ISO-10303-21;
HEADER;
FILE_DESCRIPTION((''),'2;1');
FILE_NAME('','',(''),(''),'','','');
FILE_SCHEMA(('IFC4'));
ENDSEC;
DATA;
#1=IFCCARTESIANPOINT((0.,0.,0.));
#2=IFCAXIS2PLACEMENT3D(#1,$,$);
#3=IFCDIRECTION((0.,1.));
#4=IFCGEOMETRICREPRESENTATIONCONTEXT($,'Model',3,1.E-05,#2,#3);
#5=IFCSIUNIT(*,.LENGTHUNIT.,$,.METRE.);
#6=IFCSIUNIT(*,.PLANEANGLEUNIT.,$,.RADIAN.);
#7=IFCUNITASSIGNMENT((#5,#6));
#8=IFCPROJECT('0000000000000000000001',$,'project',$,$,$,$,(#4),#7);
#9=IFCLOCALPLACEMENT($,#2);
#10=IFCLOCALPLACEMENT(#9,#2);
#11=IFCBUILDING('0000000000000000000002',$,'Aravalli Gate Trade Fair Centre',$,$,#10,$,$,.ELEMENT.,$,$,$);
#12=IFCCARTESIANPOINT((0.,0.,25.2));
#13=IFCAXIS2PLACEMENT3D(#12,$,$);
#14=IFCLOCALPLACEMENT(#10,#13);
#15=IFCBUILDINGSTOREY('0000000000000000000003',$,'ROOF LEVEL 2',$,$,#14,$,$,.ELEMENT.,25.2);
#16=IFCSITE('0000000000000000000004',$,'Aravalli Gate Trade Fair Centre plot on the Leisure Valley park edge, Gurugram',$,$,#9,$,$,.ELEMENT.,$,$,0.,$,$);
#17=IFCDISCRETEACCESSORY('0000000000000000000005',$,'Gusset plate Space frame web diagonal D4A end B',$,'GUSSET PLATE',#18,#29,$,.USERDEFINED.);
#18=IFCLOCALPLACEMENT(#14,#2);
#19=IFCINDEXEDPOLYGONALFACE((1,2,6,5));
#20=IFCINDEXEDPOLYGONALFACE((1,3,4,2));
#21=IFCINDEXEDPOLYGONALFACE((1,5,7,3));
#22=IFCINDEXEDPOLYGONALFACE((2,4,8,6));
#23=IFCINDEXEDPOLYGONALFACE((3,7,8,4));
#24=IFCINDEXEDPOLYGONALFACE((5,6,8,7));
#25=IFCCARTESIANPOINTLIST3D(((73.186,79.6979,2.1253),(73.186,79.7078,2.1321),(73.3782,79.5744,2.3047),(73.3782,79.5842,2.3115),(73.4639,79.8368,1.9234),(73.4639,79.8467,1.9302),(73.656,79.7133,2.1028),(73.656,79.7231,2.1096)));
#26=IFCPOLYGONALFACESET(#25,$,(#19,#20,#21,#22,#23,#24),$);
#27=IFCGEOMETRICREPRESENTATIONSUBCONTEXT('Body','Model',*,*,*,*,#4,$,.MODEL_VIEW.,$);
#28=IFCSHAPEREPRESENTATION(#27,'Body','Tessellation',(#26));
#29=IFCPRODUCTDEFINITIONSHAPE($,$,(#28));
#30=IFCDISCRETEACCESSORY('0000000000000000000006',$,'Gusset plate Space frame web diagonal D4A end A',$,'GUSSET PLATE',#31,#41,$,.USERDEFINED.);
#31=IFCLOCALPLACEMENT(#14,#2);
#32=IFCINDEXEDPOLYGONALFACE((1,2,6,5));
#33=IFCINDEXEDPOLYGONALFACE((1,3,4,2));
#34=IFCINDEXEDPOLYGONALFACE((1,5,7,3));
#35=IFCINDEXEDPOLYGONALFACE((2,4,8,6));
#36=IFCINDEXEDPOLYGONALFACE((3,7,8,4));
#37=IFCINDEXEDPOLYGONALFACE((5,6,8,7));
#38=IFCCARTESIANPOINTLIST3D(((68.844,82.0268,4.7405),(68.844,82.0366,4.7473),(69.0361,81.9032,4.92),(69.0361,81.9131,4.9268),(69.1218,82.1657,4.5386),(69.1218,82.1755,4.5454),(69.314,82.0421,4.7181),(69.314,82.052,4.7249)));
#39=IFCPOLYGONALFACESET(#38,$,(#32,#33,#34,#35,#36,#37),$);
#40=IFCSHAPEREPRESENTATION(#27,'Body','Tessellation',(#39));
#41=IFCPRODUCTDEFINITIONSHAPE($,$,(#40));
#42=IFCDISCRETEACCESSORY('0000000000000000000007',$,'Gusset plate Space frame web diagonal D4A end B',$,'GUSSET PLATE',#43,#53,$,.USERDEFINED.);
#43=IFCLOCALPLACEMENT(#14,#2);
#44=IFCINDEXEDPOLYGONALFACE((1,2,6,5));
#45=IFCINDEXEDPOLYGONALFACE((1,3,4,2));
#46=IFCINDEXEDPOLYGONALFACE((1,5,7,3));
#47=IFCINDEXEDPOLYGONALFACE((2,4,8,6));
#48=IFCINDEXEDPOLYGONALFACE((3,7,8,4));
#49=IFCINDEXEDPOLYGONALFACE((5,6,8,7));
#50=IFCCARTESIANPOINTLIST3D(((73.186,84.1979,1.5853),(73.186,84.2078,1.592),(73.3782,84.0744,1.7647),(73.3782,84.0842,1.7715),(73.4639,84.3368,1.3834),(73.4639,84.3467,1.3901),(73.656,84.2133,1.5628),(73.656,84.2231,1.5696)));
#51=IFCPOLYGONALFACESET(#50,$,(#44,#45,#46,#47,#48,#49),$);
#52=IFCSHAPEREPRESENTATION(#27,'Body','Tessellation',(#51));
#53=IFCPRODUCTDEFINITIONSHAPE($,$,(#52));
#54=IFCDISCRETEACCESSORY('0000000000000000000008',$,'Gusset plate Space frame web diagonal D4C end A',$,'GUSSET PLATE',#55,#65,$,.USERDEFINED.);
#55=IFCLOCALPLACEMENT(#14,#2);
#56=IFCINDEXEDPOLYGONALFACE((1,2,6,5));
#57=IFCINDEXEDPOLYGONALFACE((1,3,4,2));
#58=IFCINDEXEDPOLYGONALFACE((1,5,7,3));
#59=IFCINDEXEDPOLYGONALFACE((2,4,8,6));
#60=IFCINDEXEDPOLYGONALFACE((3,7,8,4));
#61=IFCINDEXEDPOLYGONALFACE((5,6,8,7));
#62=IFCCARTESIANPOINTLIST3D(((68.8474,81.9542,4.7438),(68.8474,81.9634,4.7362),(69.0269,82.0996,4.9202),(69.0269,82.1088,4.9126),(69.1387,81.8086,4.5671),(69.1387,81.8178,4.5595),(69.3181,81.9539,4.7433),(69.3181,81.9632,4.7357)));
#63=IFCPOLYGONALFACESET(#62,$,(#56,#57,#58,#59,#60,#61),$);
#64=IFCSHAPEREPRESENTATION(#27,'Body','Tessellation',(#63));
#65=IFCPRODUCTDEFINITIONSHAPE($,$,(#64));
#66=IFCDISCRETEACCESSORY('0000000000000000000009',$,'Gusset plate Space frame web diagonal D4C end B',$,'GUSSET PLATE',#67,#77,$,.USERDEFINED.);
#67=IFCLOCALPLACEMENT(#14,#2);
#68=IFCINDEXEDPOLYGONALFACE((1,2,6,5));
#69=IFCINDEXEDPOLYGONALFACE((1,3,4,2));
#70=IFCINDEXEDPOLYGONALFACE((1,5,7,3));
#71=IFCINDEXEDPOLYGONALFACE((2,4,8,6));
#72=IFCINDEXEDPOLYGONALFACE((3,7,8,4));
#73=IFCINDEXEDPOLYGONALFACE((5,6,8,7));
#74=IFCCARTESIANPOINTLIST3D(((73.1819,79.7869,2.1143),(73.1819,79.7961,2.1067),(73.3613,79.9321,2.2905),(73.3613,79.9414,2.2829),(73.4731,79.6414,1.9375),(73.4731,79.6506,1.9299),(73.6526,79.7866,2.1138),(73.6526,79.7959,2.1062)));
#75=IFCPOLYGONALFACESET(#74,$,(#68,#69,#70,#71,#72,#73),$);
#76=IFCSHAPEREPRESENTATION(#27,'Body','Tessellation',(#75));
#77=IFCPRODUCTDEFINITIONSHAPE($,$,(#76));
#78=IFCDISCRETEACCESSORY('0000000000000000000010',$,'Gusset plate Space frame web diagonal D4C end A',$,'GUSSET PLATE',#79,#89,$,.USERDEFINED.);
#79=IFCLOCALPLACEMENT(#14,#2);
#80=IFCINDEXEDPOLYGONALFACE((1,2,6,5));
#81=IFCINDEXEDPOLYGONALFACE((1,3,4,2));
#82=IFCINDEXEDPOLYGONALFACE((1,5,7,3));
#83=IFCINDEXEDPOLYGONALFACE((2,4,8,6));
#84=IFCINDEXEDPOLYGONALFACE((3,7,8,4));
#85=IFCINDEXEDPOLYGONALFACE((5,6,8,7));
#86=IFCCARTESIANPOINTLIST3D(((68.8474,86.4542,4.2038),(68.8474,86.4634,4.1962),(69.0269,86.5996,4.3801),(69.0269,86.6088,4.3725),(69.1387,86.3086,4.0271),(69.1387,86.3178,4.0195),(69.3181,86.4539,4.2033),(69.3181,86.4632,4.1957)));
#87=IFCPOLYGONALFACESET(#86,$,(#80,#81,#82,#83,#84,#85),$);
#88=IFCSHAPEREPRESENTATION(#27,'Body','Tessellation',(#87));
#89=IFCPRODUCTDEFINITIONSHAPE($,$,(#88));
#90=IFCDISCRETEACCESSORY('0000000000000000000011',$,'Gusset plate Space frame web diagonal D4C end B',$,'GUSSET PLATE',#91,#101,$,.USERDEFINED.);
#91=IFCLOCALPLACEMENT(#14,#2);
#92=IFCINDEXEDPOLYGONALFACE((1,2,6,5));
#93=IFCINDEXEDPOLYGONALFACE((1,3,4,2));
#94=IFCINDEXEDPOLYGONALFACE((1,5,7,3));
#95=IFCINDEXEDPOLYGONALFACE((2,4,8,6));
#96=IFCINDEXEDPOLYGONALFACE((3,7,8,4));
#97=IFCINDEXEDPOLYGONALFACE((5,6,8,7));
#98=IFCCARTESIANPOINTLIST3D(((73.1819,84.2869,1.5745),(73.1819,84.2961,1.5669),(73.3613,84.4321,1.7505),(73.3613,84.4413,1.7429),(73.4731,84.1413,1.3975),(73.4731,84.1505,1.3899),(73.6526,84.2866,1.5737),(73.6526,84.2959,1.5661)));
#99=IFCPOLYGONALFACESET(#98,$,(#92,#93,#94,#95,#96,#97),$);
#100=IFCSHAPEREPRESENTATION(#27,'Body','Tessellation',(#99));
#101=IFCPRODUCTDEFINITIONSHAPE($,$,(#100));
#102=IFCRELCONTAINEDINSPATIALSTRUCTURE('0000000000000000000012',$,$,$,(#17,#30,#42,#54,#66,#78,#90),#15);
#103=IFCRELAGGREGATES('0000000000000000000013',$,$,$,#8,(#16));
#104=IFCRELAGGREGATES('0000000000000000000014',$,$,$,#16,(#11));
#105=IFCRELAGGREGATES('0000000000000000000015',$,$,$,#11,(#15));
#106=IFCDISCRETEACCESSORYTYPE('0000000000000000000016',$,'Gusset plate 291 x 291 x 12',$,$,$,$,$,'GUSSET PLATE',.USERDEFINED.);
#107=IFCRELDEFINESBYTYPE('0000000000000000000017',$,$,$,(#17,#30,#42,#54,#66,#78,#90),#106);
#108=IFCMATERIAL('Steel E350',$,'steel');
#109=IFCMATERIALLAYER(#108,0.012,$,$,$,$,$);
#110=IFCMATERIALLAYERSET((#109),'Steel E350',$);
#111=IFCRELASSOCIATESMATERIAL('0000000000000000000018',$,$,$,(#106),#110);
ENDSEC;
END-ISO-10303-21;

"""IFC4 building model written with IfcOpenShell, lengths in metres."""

from ifc_helpers import new_model, si_unit, direction, frame, origin, place, context, subcontext, project, spatial, polyline, outline, extrude, material, layer, layer_set, type_object, element, save


model = new_model("IFC4")

# Units and contexts
model_context = context("Model", 3, precision=1e-05, world=origin(), true_north=direction((0.0, 1.0)))
body_context = subcontext(model_context, "Body", "Model", "MODEL_VIEW")
ifc_project = project(units=[si_unit("LENGTHUNIT", "METRE"), si_unit("PLANEANGLEUNIT", "RADIAN")], contexts=[model_context])

# Site, building, storey
site_placement = place(None, origin())
site = spatial("IfcSite", under=ifc_project, at=site_placement, Name="Aravalli Gate Trade Fair Centre plot on the Leisure Valley park edge, Gurugram", CompositionType="ELEMENT", RefElevation=0.0)
building_placement = place(site_placement, origin())
building = spatial("IfcBuilding", under=site, at=building_placement, Name="Aravalli Gate Trade Fair Centre", CompositionType="ELEMENT")
storey_placement = place(building_placement, frame((0.0, 0.0, 25.2)))
storey = spatial("IfcBuildingStorey", under=building, at=storey_placement, Name="ROOF LEVEL 2", CompositionType="ELEMENT", Elevation=25.2)

# Shared definitions
ifc_material_1 = material(Name="Steel E350", Category="steel")

# Discrete accessories
ifc_layer_1 = layer(ifc_material_1, 0.012)
ifc_layer_set_1 = layer_set([ifc_layer_1], Name="Steel E350")
discrete_accessory_type = type_object("IfcDiscreteAccessoryType", Name="Gusset plate 291 x 291 x 12", ElementType="GUSSET PLATE", PredefinedType="USERDEFINED", material=ifc_layer_set_1)
discrete_accessory_1_placement = place(storey_placement, frame((73.186, 79.7078, 2.1321), z_axis=(0.000137, 0.82375, 0.566952), x_axis=(0.749929, 0.374965, -0.544984)))
element("IfcDiscreteAccessory", 1, at=discrete_accessory_1_placement, inside=storey, type_object=discrete_accessory_type, Name="Gusset plate Space frame web diagonal D4A end B", ObjectType="GUSSET PLATE", PredefinedType="USERDEFINED", context=body_context, shape_type="SweptSolid", body=[
    extrude(outline(polyline([(0.0, 0.0), (0.3705, 0.0), (0.3705, -0.2905), (0.0, -0.2905), (0.0, 0.0)])), origin(), (0.0, 0.0, -1.0), 0.012),
])
discrete_accessory_2_placement = place(storey_placement, frame((69.1218, 82.1755, 4.5454), z_axis=(0.000137, 0.82375, 0.566952), x_axis=(-0.749929, -0.374965, 0.544984)))
element("IfcDiscreteAccessory", 2, at=discrete_accessory_2_placement, inside=storey, type_object=discrete_accessory_type, Name="Gusset plate Space frame web diagonal D4A end A", ObjectType="GUSSET PLATE", PredefinedType="USERDEFINED", context=body_context, shape_type="SweptSolid", body=[
    extrude(outline(polyline([(0.0, 0.0), (0.3705, 0.0), (0.3705, 0.2905), (0.0, 0.2905), (0.0, 0.0)])), origin(), (0.0, 0.0, -1.0), 0.012),
])
discrete_accessory_3_placement = place(storey_placement, frame((73.186, 84.2078, 1.592), z_axis=(0.000137, 0.82375, 0.566952), x_axis=(0.749929, 0.374965, -0.544984)))
element("IfcDiscreteAccessory", 3, at=discrete_accessory_3_placement, inside=storey, type_object=discrete_accessory_type, Name="Gusset plate Space frame web diagonal D4A end B", ObjectType="GUSSET PLATE", PredefinedType="USERDEFINED", context=body_context, shape_type="SweptSolid", body=[
    extrude(outline(polyline([(0.0, 0.0), (0.3705, 0.0), (0.3705, -0.2905), (0.0, -0.2905), (0.0, 0.0)])), origin(), (0.0, 0.0, -1.0), 0.012),
])
discrete_accessory_4_placement = place(storey_placement, frame((69.1387, 81.8086, 4.5671), z_axis=(0.00026, -0.771582, 0.63613), x_axis=(-0.78619, 0.392962, 0.476956)))
element("IfcDiscreteAccessory", 4, at=discrete_accessory_4_placement, inside=storey, type_object=discrete_accessory_type, Name="Gusset plate Space frame web diagonal D4C end A", ObjectType="GUSSET PLATE", PredefinedType="USERDEFINED", context=body_context, shape_type="SweptSolid", body=[
    extrude(outline(polyline([(0.0, 0.0), (0.3705, 0.0), (0.3706, -0.2906), (0.0001, -0.2905), (0.0, 0.0)])), origin(), (0.0, 0.0, -1.0), 0.012),
])
discrete_accessory_5_placement = place(storey_placement, frame((73.1819, 79.7869, 2.1143), z_axis=(0.000259, -0.771844, 0.635812), x_axis=(0.78619, -0.392765, -0.477118)))
element("IfcDiscreteAccessory", 5, at=discrete_accessory_5_placement, inside=storey, type_object=discrete_accessory_type, Name="Gusset plate Space frame web diagonal D4C end B", ObjectType="GUSSET PLATE", PredefinedType="USERDEFINED", context=body_context, shape_type="SweptSolid", body=[
    extrude(outline(polyline([(0.0, 0.0), (0.3705, 0.0), (0.3704, 0.2905), (-0.0001, 0.2905), (0.0, 0.0)])), origin(), (0.0, 0.0, -1.0), 0.012),
])
discrete_accessory_6_placement = place(storey_placement, frame((69.1387, 86.3086, 4.0271), z_axis=(0.00026, -0.771582, 0.63613), x_axis=(-0.78619, 0.392962, 0.476956)))
element("IfcDiscreteAccessory", 6, at=discrete_accessory_6_placement, inside=storey, type_object=discrete_accessory_type, Name="Gusset plate Space frame web diagonal D4C end A", ObjectType="GUSSET PLATE", PredefinedType="USERDEFINED", context=body_context, shape_type="SweptSolid", body=[
    extrude(outline(polyline([(0.0, 0.0), (0.3705, 0.0), (0.3706, -0.2906), (0.0001, -0.2905), (0.0, 0.0)])), origin(), (0.0, 0.0, -1.0), 0.012),
])
discrete_accessory_7_placement = place(storey_placement, frame((73.1819, 84.2869, 1.5745), z_axis=(0.000589, -0.771792, 0.635874), x_axis=(0.785943, -0.392803, -0.477493)))
element("IfcDiscreteAccessory", 7, at=discrete_accessory_7_placement, inside=storey, type_object=discrete_accessory_type, Name="Gusset plate Space frame web diagonal D4C end B", ObjectType="GUSSET PLATE", PredefinedType="USERDEFINED", context=body_context, shape_type="SweptSolid", body=[
    extrude(outline(polyline([(0.0, 0.0), (0.3706, 0.0), (0.3704, 0.2905), (-0.0001, 0.2903), (0.0, 0.0)])), origin(), (0.0, 0.0, -1.0), 0.012),
])

save(model, "model.ifc")
